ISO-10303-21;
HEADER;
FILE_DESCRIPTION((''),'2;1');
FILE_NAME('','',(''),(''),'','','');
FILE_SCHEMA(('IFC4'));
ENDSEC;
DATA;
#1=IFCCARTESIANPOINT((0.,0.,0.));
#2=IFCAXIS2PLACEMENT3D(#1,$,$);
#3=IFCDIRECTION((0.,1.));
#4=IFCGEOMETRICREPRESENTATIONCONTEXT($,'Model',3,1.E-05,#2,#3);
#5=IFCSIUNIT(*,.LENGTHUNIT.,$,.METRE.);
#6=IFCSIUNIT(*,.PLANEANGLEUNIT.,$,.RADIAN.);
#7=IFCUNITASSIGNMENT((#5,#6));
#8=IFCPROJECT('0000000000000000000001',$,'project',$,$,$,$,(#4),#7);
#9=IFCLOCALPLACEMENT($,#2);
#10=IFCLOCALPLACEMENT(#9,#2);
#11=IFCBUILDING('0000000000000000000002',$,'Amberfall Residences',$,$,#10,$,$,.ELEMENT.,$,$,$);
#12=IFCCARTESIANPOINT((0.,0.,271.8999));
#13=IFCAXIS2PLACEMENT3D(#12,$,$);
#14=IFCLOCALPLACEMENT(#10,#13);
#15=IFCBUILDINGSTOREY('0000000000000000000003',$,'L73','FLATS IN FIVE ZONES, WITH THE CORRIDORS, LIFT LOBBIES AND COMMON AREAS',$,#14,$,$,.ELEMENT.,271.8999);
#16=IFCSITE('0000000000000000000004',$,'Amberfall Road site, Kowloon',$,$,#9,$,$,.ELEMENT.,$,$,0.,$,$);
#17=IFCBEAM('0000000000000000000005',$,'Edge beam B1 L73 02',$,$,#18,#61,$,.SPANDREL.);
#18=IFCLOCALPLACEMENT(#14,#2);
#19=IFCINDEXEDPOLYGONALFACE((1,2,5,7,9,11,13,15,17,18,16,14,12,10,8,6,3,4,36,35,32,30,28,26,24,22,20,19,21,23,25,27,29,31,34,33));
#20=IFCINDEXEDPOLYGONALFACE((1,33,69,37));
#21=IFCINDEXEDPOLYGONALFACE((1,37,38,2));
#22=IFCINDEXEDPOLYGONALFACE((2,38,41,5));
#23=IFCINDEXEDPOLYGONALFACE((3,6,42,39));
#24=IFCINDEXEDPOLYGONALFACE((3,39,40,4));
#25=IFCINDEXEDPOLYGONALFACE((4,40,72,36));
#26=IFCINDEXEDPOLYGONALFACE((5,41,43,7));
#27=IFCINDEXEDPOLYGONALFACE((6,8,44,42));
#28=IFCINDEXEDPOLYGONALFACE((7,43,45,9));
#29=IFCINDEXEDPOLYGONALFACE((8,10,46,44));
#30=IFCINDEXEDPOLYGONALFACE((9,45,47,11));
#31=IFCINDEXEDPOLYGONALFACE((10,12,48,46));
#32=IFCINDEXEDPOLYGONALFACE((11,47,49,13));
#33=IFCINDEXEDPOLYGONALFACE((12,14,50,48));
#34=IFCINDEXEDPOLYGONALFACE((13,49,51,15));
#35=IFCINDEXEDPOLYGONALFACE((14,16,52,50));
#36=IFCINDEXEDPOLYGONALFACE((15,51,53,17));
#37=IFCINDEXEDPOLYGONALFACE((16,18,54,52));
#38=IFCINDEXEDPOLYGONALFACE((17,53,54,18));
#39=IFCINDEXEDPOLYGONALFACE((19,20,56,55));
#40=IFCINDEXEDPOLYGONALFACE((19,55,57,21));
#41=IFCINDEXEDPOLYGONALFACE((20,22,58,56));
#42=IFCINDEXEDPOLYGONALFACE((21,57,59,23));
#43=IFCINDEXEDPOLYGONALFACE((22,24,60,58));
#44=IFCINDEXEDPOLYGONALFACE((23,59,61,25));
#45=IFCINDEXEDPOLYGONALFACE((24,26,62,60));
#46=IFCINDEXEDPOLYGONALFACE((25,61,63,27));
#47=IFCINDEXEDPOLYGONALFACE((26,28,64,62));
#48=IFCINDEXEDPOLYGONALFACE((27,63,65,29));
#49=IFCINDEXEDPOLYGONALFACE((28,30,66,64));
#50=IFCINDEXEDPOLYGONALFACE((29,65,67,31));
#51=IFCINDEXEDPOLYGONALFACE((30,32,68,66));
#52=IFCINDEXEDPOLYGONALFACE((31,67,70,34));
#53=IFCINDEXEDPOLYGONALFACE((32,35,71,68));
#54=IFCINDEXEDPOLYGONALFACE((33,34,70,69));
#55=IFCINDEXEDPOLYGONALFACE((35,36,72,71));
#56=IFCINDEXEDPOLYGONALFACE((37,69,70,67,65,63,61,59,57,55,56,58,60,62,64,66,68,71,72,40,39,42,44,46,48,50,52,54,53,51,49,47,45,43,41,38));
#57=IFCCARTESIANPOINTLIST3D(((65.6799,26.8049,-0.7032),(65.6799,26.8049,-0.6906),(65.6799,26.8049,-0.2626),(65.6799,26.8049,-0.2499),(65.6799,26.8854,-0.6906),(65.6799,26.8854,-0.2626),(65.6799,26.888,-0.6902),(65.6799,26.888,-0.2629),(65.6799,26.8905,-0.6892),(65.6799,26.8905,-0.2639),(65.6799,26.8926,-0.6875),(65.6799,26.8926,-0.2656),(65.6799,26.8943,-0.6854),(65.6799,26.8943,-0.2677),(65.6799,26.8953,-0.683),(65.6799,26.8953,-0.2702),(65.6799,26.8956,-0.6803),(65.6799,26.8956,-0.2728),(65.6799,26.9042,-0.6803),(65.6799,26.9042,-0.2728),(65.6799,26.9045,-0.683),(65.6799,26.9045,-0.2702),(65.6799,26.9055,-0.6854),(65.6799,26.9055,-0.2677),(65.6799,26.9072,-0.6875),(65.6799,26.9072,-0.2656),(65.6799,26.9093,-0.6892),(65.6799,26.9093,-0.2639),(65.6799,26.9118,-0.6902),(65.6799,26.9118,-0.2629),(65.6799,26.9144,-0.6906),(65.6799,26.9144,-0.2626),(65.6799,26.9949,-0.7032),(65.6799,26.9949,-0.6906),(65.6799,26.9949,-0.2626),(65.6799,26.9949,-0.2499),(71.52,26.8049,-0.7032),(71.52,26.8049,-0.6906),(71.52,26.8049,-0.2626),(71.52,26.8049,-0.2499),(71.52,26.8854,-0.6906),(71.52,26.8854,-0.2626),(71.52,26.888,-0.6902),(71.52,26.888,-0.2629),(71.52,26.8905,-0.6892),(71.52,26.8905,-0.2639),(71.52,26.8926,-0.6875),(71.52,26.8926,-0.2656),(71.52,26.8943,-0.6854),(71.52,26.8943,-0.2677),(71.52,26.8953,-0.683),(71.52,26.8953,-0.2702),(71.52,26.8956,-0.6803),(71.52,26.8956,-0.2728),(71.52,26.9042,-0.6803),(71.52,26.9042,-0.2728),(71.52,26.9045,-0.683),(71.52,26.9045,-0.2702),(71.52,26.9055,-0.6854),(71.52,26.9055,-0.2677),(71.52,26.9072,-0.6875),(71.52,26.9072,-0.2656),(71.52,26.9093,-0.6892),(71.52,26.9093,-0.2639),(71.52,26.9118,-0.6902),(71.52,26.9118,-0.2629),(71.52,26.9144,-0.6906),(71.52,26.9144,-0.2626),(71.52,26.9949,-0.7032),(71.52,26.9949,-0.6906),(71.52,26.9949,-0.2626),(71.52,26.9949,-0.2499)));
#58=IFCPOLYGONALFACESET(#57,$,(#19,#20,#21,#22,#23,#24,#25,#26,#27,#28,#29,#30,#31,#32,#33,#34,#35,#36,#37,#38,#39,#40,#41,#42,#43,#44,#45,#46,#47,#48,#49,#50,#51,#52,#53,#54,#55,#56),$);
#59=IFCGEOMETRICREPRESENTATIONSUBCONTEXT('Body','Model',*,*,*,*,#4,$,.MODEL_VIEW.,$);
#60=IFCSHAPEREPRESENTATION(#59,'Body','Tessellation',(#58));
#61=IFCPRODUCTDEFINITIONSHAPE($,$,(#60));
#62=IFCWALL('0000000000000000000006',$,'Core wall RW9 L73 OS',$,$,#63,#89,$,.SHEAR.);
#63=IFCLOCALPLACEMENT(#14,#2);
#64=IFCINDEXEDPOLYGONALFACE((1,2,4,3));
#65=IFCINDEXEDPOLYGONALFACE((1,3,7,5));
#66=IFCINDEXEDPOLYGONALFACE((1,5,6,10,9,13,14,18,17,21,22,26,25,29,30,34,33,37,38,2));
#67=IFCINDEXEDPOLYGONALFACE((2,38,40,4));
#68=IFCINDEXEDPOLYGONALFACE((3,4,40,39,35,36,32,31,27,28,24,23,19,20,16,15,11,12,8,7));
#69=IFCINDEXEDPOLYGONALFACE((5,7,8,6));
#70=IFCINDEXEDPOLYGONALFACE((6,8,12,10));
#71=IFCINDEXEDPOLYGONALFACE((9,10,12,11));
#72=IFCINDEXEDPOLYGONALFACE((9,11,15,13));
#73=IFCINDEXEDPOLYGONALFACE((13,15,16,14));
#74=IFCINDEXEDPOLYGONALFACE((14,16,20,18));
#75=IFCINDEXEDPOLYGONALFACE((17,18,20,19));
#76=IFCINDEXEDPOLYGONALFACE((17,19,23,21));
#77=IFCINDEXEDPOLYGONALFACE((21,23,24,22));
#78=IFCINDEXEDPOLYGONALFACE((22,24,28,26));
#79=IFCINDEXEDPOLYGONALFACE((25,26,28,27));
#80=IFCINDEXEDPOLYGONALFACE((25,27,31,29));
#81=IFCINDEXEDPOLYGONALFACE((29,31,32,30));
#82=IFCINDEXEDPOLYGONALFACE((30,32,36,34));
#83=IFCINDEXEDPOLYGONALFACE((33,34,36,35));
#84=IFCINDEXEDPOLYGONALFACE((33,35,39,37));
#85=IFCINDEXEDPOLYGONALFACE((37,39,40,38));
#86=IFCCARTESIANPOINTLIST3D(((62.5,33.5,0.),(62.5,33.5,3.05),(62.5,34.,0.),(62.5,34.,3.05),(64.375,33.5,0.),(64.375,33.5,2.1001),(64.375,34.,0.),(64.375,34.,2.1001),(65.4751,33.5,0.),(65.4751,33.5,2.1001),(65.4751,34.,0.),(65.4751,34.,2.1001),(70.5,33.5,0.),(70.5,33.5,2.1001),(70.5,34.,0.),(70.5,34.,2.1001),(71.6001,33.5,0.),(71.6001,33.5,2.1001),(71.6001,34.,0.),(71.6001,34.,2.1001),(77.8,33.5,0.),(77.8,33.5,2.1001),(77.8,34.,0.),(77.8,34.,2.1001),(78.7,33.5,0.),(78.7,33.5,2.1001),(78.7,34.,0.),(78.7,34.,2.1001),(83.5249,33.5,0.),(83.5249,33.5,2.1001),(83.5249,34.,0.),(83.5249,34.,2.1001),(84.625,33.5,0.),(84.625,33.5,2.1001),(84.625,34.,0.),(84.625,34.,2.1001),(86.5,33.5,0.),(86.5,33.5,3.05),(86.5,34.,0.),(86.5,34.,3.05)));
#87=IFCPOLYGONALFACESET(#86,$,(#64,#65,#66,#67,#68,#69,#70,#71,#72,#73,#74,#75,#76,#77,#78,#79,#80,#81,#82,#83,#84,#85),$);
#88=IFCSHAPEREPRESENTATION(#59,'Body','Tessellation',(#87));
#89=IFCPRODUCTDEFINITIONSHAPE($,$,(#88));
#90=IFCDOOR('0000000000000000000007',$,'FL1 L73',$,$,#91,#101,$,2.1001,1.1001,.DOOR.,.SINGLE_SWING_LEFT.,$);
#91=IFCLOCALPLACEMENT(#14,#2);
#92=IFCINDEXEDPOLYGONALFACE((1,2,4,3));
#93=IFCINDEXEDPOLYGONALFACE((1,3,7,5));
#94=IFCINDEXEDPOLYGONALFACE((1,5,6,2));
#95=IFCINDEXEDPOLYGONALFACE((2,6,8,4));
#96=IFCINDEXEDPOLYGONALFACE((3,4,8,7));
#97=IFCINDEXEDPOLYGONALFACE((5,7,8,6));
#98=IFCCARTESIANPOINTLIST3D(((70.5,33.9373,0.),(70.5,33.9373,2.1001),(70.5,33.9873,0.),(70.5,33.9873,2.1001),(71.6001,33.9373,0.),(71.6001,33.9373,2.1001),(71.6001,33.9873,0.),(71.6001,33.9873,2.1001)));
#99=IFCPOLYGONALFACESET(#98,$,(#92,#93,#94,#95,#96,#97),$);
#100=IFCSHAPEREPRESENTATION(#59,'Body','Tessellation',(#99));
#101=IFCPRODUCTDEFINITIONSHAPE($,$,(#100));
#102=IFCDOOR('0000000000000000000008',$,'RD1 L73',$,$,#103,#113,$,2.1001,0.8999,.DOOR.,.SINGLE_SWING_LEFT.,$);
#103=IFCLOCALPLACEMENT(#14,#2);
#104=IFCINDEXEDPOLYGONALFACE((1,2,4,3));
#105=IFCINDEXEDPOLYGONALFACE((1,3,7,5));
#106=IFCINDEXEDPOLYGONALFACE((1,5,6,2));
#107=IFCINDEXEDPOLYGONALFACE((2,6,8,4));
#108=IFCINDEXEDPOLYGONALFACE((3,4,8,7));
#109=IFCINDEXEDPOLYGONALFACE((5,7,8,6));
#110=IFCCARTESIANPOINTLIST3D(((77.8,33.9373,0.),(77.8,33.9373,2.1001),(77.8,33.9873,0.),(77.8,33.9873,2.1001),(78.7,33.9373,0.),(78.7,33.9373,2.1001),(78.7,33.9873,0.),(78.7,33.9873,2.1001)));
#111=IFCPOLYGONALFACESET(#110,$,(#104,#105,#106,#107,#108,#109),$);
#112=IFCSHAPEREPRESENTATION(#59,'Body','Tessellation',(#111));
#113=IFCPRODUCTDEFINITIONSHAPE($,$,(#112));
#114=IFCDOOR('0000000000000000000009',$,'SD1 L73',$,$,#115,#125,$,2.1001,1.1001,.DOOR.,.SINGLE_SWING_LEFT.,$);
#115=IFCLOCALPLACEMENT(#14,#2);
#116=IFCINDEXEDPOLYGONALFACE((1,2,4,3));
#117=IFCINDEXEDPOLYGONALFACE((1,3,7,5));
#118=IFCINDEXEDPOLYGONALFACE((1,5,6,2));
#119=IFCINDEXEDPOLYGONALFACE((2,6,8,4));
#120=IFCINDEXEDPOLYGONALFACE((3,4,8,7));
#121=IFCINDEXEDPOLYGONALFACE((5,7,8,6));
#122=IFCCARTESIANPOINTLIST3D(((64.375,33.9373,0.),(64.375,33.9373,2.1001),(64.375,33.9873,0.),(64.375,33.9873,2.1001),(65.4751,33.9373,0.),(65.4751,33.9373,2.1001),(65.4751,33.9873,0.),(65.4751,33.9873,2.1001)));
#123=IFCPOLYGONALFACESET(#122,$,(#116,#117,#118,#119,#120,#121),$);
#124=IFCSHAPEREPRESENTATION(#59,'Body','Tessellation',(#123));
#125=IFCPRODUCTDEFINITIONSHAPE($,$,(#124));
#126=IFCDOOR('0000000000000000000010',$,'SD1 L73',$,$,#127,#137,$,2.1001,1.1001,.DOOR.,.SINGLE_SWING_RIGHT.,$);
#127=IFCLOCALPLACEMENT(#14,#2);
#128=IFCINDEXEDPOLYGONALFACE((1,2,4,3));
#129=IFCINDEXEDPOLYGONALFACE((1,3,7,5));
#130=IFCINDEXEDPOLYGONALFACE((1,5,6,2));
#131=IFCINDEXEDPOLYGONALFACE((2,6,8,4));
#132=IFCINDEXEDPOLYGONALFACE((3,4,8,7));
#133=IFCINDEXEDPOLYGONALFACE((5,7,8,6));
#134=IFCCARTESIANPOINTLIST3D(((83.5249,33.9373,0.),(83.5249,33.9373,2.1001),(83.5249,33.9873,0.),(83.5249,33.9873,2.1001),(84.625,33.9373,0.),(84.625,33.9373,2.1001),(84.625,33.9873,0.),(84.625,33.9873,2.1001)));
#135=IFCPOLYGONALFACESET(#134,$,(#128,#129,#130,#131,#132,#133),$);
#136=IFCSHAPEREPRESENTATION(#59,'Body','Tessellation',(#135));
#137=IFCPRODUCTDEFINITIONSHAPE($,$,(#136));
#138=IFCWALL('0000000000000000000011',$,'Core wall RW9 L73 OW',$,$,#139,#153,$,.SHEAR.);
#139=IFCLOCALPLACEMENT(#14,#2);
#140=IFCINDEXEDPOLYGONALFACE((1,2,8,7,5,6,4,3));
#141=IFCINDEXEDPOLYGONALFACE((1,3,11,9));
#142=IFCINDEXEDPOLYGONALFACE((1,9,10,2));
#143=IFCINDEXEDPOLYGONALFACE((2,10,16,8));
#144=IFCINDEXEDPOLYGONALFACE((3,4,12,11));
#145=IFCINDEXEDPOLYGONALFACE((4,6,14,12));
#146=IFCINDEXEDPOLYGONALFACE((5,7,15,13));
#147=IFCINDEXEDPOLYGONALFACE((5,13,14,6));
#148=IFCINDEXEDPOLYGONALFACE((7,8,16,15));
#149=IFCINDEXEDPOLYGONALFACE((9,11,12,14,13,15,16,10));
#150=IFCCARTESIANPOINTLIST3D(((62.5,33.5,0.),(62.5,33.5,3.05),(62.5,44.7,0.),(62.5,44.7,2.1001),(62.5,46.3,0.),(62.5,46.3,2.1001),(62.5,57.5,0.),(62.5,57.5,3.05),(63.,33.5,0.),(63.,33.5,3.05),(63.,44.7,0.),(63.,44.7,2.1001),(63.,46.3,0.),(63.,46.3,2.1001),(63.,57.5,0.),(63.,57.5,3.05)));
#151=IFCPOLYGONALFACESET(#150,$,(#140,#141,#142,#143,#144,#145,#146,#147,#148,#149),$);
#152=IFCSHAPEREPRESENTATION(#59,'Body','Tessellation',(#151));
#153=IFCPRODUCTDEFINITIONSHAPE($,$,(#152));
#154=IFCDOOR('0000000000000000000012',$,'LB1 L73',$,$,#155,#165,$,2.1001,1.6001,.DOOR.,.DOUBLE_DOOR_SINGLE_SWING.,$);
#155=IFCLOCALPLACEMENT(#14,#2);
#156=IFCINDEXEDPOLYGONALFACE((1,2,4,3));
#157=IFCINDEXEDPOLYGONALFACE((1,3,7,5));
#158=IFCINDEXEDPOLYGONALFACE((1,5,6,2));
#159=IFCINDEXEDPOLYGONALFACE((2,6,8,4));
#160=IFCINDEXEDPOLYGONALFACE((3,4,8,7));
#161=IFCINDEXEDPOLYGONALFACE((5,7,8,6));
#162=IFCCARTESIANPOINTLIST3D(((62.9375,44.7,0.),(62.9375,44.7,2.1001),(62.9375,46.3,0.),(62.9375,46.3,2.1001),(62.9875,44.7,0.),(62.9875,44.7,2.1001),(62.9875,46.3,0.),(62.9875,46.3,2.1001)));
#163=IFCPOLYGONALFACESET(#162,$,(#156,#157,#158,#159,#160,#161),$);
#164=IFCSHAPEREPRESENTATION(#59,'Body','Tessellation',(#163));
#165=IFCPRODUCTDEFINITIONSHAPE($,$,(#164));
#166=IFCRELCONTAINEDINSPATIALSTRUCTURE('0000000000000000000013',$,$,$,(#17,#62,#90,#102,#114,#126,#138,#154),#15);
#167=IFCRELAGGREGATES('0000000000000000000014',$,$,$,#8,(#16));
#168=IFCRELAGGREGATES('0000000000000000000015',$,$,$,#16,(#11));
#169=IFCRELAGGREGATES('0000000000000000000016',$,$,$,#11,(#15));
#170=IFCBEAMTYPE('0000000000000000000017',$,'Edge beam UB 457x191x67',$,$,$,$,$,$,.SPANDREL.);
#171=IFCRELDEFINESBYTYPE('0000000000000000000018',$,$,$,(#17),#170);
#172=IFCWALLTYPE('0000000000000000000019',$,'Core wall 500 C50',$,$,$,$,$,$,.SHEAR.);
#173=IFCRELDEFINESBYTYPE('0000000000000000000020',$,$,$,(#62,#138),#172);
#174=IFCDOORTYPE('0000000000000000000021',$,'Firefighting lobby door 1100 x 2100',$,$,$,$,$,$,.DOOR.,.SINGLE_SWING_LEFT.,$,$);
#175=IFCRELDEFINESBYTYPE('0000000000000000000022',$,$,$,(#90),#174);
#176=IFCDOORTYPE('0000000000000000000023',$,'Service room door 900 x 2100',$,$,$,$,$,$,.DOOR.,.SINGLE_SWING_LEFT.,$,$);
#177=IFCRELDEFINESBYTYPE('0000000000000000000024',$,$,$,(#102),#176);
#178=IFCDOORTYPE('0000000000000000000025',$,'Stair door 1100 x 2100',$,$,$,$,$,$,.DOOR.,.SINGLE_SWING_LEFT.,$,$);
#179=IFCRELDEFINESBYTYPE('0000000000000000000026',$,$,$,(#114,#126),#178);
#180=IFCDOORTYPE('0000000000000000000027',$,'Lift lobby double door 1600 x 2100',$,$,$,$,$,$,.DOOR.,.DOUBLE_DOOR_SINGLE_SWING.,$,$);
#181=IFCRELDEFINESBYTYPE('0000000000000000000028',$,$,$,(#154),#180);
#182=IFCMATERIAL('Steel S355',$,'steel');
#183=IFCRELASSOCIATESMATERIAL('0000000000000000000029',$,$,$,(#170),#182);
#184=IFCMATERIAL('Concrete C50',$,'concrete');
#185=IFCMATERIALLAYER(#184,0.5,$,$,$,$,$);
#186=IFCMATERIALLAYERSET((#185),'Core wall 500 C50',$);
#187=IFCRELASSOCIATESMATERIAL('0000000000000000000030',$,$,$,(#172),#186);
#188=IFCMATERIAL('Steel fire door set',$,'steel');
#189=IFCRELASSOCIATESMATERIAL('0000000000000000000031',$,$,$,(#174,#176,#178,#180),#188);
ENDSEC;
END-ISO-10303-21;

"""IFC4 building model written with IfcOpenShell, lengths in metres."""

from ifc_helpers import new_model, si_unit, direction, frame, frame_2d, origin, origin_2d, place, context, subcontext, project, spatial, rectangle, i_section, extrude, material, layer, layer_set, material_profile, profile_set, type_object, element, fill, save


model = new_model("IFC4")

# Units and contexts
model_context = context("Model", 3, precision=1e-05, world=origin(), true_north=direction((0.0, 1.0)))
body_context = subcontext(model_context, "Body", "Model", "MODEL_VIEW")
ifc_project = project(units=[si_unit("LENGTHUNIT", "METRE"), si_unit("PLANEANGLEUNIT", "RADIAN")], contexts=[model_context])

# Site, building, storey
site_placement = place(None, origin())
site = spatial("IfcSite", under=ifc_project, at=site_placement, Name="Amberfall Road site, Kowloon", CompositionType="ELEMENT", RefElevation=0.0)
building_placement = place(site_placement, origin())
building = spatial("IfcBuilding", under=site, at=building_placement, Name="Amberfall Residences", CompositionType="ELEMENT")
storey_placement = place(building_placement, frame((0.0, 0.0, 271.8999)))
storey = spatial("IfcBuildingStorey", under=building, at=storey_placement, Name="L73", Description="FLATS IN FIVE ZONES, WITH THE CORRIDORS, LIFT LOBBIES AND COMMON AREAS", CompositionType="ELEMENT", Elevation=271.8999)

# Beam
ifc_material_1 = material(Name="Steel S355", Category="steel")
ifc_material_profile = material_profile(ifc_material_1, i_section(OverallWidth=0.1899, OverallDepth=0.4534, WebThickness=0.0085, FlangeThickness=0.0127, FilletRadius=0.0103, at=origin_2d()), Name="UB 457x191x67")
ifc_profile_set = profile_set([ifc_material_profile], Name="Steel S355")
beam_type = type_object("IfcBeamType", Name="Edge beam UB 457x191x67", PredefinedType="SPANDREL", material=ifc_profile_set)
beam_placement = place(storey_placement, frame((65.6799, 26.8999, -0.4766), z_axis=(1.0, 0.0, 0.0), x_axis=(0.0, 1.0, 0.0)))
element("IfcBeam", 1, at=beam_placement, inside=storey, type_object=beam_type, Name="Edge beam B1 L73 02", PredefinedType="SPANDREL", context=body_context, shape_type="SweptSolid", body=[
    extrude(i_section(OverallWidth=0.1899, OverallDepth=0.4534, WebThickness=0.0085, FlangeThickness=0.0127, FilletRadius=0.0103, at=origin_2d()), origin(), (0.0, 0.0, 1.0), 5.8401),
])

# Wall, openings, doors
ifc_material_2 = material(Name="Concrete C50", Category="concrete")
ifc_layer_1 = layer(ifc_material_2, 0.5)
ifc_layer_set_1 = layer_set([ifc_layer_1], Name="Core wall 500 C50")
wall_type_1 = type_object("IfcWallType", Name="Core wall 500 C50", PredefinedType="SHEAR", material=ifc_layer_set_1)
wall_1_placement = place(storey_placement, frame((62.5, 33.75, 0.0), z_axis=(0.0, 0.0, 1.0), x_axis=(1.0, 0.0, 0.0)))
wall_1 = element("IfcWall", 2, at=wall_1_placement, inside=storey, type_object=wall_type_1, Name="Core wall RW9 L73 OS", PredefinedType="SHEAR", context=body_context, shape_type="SweptSolid", body=[
    extrude(rectangle(XDim=24.0, YDim=0.5, at=frame_2d((12.0, 0.0))), origin(), (0.0, 0.0, 1.0), 3.05),
])
opening_1_placement = place(wall_1_placement, frame((1.875, 0.0, 0.0)))
opening_1 = element("IfcOpeningElement", 3, at=opening_1_placement, cuts=wall_1, PredefinedType="OPENING", context=body_context, shape_type="SweptSolid", body=[
    extrude(rectangle(XDim=1.1001, YDim=2.1001, at=frame_2d((0.55, 1.05))), frame((0.0, 0.26, 0.0), z_axis=(0.0, -1.0, 0.0), x_axis=(1.0, 0.0, 0.0)), (0.0, 0.0, 1.0), 0.52),
])
opening_2_placement = place(wall_1_placement, frame((21.0249, 0.0, 0.0)))
opening_2 = element("IfcOpeningElement", 4, at=opening_2_placement, cuts=wall_1, PredefinedType="OPENING", context=body_context, shape_type="SweptSolid", body=[
    extrude(rectangle(XDim=1.1001, YDim=2.1001, at=frame_2d((0.55, 1.05))), frame((0.0, 0.26, 0.0), z_axis=(0.0, -1.0, 0.0), x_axis=(1.0, 0.0, 0.0)), (0.0, 0.0, 1.0), 0.52),
])
opening_3_placement = place(wall_1_placement, frame((8.0, 0.0, 0.0)))
opening_3 = element("IfcOpeningElement", 5, at=opening_3_placement, cuts=wall_1, PredefinedType="OPENING", context=body_context, shape_type="SweptSolid", body=[
    extrude(rectangle(XDim=1.1001, YDim=2.1001, at=frame_2d((0.55, 1.05))), frame((0.0, 0.26, 0.0), z_axis=(0.0, -1.0, 0.0), x_axis=(1.0, 0.0, 0.0)), (0.0, 0.0, 1.0), 0.52),
])
opening_4_placement = place(wall_1_placement, frame((15.3, 0.0, 0.0)))
opening_4 = element("IfcOpeningElement", 6, at=opening_4_placement, cuts=wall_1, PredefinedType="OPENING", context=body_context, shape_type="SweptSolid", body=[
    extrude(rectangle(XDim=0.8999, YDim=2.1001, at=frame_2d((0.45, 1.05))), frame((0.0, 0.26, 0.0), z_axis=(0.0, -1.0, 0.0), x_axis=(1.0, 0.0, 0.0)), (0.0, 0.0, 1.0), 0.52),
])
ifc_material_3 = material(Name="Steel fire door set", Category="steel")
door_type_1 = type_object("IfcDoorType", Name="Firefighting lobby door 1100 x 2100", OperationType="SINGLE_SWING_LEFT", PredefinedType="DOOR", material=ifc_material_3)
door_1_placement = place(opening_3_placement, origin())
door_1 = element("IfcDoor", 7, at=door_1_placement, inside=storey, type_object=door_type_1, Name="FL1 L73", OperationType="SINGLE_SWING_LEFT", OverallHeight=2.1001, OverallWidth=1.1001, PredefinedType="DOOR", context=body_context, shape_type="SweptSolid", body=[
    extrude(rectangle(XDim=1.1001, YDim=2.1001, at=frame_2d((0.55, 1.05))), frame((0.0, 0.2373, 0.0), z_axis=(0.0, -1.0, 0.0), x_axis=(1.0, 0.0, 0.0)), (0.0, 0.0, 1.0), 0.05),
])
fill(opening_3, door_1)
door_type_2 = type_object("IfcDoorType", Name="Service room door 900 x 2100", OperationType="SINGLE_SWING_LEFT", PredefinedType="DOOR", material=ifc_material_3)
door_2_placement = place(opening_4_placement, origin())
door_2 = element("IfcDoor", 8, at=door_2_placement, inside=storey, type_object=door_type_2, Name="RD1 L73", OperationType="SINGLE_SWING_LEFT", OverallHeight=2.1001, OverallWidth=0.8999, PredefinedType="DOOR", context=body_context, shape_type="SweptSolid", body=[
    extrude(rectangle(XDim=0.8999, YDim=2.1001, at=frame_2d((0.45, 1.05))), frame((0.0, 0.2373, 0.0), z_axis=(0.0, -1.0, 0.0), x_axis=(1.0, 0.0, 0.0)), (0.0, 0.0, 1.0), 0.05),
])
fill(opening_4, door_2)
door_type_3 = type_object("IfcDoorType", Name="Stair door 1100 x 2100", OperationType="SINGLE_SWING_LEFT", PredefinedType="DOOR", material=ifc_material_3)
door_3_placement = place(opening_1_placement, origin())
door_3 = element("IfcDoor", 9, at=door_3_placement, inside=storey, type_object=door_type_3, Name="SD1 L73", OperationType="SINGLE_SWING_LEFT", OverallHeight=2.1001, OverallWidth=1.1001, PredefinedType="DOOR", context=body_context, shape_type="SweptSolid", body=[
    extrude(rectangle(XDim=1.1001, YDim=2.1001, at=frame_2d((0.55, 1.05))), frame((0.0, 0.2373, 0.0), z_axis=(0.0, -1.0, 0.0), x_axis=(1.0, 0.0, 0.0)), (0.0, 0.0, 1.0), 0.05),
])
fill(opening_1, door_3)
door_4_placement = place(opening_2_placement, origin())
door_4 = element("IfcDoor", 10, at=door_4_placement, inside=storey, type_object=door_type_3, Name="SD1 L73", OperationType="SINGLE_SWING_RIGHT", OverallHeight=2.1001, OverallWidth=1.1001, PredefinedType="DOOR", context=body_context, shape_type="SweptSolid", body=[
    extrude(rectangle(XDim=1.1001, YDim=2.1001, at=frame_2d((0.55, 1.05))), frame((0.0, 0.2373, 0.0), z_axis=(0.0, -1.0, 0.0), x_axis=(1.0, 0.0, 0.0)), (0.0, 0.0, 1.0), 0.05),
])
fill(opening_2, door_4)

# Wall, opening, door
wall_2_placement = place(storey_placement, frame((62.75, 33.5, 0.0), z_axis=(0.0, 0.0, 1.0), x_axis=(0.0, 1.0, 0.0)))
wall_2 = element("IfcWall", 11, at=wall_2_placement, inside=storey, type_object=wall_type_1, Name="Core wall RW9 L73 OW", PredefinedType="SHEAR", context=body_context, shape_type="SweptSolid", body=[
    extrude(rectangle(XDim=24.0, YDim=0.5, at=frame_2d((12.0, 0.0))), origin(), (0.0, 0.0, 1.0), 3.05),
])
opening_5_placement = place(wall_2_placement, frame((11.2, 0.0, 0.0)))
opening_5 = element("IfcOpeningElement", 12, at=opening_5_placement, cuts=wall_2, PredefinedType="OPENING", context=body_context, shape_type="SweptSolid", body=[
    extrude(rectangle(XDim=1.6001, YDim=2.1001, at=frame_2d((0.8, 1.05))), frame((0.0, 0.26, 0.0), z_axis=(0.0, -1.0, 0.0), x_axis=(1.0, 0.0, 0.0)), (0.0, 0.0, 1.0), 0.52),
])
door_type_4 = type_object("IfcDoorType", Name="Lift lobby double door 1600 x 2100", OperationType="DOUBLE_DOOR_SINGLE_SWING", PredefinedType="DOOR", material=ifc_material_3)
door_5_placement = place(opening_5_placement, origin())
door_5 = element("IfcDoor", 13, at=door_5_placement, inside=storey, type_object=door_type_4, Name="LB1 L73", OperationType="DOUBLE_DOOR_SINGLE_SWING", OverallHeight=2.1001, OverallWidth=1.6001, PredefinedType="DOOR", context=body_context, shape_type="SweptSolid", body=[
    extrude(rectangle(XDim=1.6001, YDim=2.1001, at=frame_2d((0.8, 1.05))), frame((0.0, -0.1875, 0.0), z_axis=(0.0, -1.0, 0.0), x_axis=(1.0, 0.0, 0.0)), (0.0, 0.0, 1.0), 0.05),
])
fill(opening_5, door_5)

save(model, "model.ifc")
